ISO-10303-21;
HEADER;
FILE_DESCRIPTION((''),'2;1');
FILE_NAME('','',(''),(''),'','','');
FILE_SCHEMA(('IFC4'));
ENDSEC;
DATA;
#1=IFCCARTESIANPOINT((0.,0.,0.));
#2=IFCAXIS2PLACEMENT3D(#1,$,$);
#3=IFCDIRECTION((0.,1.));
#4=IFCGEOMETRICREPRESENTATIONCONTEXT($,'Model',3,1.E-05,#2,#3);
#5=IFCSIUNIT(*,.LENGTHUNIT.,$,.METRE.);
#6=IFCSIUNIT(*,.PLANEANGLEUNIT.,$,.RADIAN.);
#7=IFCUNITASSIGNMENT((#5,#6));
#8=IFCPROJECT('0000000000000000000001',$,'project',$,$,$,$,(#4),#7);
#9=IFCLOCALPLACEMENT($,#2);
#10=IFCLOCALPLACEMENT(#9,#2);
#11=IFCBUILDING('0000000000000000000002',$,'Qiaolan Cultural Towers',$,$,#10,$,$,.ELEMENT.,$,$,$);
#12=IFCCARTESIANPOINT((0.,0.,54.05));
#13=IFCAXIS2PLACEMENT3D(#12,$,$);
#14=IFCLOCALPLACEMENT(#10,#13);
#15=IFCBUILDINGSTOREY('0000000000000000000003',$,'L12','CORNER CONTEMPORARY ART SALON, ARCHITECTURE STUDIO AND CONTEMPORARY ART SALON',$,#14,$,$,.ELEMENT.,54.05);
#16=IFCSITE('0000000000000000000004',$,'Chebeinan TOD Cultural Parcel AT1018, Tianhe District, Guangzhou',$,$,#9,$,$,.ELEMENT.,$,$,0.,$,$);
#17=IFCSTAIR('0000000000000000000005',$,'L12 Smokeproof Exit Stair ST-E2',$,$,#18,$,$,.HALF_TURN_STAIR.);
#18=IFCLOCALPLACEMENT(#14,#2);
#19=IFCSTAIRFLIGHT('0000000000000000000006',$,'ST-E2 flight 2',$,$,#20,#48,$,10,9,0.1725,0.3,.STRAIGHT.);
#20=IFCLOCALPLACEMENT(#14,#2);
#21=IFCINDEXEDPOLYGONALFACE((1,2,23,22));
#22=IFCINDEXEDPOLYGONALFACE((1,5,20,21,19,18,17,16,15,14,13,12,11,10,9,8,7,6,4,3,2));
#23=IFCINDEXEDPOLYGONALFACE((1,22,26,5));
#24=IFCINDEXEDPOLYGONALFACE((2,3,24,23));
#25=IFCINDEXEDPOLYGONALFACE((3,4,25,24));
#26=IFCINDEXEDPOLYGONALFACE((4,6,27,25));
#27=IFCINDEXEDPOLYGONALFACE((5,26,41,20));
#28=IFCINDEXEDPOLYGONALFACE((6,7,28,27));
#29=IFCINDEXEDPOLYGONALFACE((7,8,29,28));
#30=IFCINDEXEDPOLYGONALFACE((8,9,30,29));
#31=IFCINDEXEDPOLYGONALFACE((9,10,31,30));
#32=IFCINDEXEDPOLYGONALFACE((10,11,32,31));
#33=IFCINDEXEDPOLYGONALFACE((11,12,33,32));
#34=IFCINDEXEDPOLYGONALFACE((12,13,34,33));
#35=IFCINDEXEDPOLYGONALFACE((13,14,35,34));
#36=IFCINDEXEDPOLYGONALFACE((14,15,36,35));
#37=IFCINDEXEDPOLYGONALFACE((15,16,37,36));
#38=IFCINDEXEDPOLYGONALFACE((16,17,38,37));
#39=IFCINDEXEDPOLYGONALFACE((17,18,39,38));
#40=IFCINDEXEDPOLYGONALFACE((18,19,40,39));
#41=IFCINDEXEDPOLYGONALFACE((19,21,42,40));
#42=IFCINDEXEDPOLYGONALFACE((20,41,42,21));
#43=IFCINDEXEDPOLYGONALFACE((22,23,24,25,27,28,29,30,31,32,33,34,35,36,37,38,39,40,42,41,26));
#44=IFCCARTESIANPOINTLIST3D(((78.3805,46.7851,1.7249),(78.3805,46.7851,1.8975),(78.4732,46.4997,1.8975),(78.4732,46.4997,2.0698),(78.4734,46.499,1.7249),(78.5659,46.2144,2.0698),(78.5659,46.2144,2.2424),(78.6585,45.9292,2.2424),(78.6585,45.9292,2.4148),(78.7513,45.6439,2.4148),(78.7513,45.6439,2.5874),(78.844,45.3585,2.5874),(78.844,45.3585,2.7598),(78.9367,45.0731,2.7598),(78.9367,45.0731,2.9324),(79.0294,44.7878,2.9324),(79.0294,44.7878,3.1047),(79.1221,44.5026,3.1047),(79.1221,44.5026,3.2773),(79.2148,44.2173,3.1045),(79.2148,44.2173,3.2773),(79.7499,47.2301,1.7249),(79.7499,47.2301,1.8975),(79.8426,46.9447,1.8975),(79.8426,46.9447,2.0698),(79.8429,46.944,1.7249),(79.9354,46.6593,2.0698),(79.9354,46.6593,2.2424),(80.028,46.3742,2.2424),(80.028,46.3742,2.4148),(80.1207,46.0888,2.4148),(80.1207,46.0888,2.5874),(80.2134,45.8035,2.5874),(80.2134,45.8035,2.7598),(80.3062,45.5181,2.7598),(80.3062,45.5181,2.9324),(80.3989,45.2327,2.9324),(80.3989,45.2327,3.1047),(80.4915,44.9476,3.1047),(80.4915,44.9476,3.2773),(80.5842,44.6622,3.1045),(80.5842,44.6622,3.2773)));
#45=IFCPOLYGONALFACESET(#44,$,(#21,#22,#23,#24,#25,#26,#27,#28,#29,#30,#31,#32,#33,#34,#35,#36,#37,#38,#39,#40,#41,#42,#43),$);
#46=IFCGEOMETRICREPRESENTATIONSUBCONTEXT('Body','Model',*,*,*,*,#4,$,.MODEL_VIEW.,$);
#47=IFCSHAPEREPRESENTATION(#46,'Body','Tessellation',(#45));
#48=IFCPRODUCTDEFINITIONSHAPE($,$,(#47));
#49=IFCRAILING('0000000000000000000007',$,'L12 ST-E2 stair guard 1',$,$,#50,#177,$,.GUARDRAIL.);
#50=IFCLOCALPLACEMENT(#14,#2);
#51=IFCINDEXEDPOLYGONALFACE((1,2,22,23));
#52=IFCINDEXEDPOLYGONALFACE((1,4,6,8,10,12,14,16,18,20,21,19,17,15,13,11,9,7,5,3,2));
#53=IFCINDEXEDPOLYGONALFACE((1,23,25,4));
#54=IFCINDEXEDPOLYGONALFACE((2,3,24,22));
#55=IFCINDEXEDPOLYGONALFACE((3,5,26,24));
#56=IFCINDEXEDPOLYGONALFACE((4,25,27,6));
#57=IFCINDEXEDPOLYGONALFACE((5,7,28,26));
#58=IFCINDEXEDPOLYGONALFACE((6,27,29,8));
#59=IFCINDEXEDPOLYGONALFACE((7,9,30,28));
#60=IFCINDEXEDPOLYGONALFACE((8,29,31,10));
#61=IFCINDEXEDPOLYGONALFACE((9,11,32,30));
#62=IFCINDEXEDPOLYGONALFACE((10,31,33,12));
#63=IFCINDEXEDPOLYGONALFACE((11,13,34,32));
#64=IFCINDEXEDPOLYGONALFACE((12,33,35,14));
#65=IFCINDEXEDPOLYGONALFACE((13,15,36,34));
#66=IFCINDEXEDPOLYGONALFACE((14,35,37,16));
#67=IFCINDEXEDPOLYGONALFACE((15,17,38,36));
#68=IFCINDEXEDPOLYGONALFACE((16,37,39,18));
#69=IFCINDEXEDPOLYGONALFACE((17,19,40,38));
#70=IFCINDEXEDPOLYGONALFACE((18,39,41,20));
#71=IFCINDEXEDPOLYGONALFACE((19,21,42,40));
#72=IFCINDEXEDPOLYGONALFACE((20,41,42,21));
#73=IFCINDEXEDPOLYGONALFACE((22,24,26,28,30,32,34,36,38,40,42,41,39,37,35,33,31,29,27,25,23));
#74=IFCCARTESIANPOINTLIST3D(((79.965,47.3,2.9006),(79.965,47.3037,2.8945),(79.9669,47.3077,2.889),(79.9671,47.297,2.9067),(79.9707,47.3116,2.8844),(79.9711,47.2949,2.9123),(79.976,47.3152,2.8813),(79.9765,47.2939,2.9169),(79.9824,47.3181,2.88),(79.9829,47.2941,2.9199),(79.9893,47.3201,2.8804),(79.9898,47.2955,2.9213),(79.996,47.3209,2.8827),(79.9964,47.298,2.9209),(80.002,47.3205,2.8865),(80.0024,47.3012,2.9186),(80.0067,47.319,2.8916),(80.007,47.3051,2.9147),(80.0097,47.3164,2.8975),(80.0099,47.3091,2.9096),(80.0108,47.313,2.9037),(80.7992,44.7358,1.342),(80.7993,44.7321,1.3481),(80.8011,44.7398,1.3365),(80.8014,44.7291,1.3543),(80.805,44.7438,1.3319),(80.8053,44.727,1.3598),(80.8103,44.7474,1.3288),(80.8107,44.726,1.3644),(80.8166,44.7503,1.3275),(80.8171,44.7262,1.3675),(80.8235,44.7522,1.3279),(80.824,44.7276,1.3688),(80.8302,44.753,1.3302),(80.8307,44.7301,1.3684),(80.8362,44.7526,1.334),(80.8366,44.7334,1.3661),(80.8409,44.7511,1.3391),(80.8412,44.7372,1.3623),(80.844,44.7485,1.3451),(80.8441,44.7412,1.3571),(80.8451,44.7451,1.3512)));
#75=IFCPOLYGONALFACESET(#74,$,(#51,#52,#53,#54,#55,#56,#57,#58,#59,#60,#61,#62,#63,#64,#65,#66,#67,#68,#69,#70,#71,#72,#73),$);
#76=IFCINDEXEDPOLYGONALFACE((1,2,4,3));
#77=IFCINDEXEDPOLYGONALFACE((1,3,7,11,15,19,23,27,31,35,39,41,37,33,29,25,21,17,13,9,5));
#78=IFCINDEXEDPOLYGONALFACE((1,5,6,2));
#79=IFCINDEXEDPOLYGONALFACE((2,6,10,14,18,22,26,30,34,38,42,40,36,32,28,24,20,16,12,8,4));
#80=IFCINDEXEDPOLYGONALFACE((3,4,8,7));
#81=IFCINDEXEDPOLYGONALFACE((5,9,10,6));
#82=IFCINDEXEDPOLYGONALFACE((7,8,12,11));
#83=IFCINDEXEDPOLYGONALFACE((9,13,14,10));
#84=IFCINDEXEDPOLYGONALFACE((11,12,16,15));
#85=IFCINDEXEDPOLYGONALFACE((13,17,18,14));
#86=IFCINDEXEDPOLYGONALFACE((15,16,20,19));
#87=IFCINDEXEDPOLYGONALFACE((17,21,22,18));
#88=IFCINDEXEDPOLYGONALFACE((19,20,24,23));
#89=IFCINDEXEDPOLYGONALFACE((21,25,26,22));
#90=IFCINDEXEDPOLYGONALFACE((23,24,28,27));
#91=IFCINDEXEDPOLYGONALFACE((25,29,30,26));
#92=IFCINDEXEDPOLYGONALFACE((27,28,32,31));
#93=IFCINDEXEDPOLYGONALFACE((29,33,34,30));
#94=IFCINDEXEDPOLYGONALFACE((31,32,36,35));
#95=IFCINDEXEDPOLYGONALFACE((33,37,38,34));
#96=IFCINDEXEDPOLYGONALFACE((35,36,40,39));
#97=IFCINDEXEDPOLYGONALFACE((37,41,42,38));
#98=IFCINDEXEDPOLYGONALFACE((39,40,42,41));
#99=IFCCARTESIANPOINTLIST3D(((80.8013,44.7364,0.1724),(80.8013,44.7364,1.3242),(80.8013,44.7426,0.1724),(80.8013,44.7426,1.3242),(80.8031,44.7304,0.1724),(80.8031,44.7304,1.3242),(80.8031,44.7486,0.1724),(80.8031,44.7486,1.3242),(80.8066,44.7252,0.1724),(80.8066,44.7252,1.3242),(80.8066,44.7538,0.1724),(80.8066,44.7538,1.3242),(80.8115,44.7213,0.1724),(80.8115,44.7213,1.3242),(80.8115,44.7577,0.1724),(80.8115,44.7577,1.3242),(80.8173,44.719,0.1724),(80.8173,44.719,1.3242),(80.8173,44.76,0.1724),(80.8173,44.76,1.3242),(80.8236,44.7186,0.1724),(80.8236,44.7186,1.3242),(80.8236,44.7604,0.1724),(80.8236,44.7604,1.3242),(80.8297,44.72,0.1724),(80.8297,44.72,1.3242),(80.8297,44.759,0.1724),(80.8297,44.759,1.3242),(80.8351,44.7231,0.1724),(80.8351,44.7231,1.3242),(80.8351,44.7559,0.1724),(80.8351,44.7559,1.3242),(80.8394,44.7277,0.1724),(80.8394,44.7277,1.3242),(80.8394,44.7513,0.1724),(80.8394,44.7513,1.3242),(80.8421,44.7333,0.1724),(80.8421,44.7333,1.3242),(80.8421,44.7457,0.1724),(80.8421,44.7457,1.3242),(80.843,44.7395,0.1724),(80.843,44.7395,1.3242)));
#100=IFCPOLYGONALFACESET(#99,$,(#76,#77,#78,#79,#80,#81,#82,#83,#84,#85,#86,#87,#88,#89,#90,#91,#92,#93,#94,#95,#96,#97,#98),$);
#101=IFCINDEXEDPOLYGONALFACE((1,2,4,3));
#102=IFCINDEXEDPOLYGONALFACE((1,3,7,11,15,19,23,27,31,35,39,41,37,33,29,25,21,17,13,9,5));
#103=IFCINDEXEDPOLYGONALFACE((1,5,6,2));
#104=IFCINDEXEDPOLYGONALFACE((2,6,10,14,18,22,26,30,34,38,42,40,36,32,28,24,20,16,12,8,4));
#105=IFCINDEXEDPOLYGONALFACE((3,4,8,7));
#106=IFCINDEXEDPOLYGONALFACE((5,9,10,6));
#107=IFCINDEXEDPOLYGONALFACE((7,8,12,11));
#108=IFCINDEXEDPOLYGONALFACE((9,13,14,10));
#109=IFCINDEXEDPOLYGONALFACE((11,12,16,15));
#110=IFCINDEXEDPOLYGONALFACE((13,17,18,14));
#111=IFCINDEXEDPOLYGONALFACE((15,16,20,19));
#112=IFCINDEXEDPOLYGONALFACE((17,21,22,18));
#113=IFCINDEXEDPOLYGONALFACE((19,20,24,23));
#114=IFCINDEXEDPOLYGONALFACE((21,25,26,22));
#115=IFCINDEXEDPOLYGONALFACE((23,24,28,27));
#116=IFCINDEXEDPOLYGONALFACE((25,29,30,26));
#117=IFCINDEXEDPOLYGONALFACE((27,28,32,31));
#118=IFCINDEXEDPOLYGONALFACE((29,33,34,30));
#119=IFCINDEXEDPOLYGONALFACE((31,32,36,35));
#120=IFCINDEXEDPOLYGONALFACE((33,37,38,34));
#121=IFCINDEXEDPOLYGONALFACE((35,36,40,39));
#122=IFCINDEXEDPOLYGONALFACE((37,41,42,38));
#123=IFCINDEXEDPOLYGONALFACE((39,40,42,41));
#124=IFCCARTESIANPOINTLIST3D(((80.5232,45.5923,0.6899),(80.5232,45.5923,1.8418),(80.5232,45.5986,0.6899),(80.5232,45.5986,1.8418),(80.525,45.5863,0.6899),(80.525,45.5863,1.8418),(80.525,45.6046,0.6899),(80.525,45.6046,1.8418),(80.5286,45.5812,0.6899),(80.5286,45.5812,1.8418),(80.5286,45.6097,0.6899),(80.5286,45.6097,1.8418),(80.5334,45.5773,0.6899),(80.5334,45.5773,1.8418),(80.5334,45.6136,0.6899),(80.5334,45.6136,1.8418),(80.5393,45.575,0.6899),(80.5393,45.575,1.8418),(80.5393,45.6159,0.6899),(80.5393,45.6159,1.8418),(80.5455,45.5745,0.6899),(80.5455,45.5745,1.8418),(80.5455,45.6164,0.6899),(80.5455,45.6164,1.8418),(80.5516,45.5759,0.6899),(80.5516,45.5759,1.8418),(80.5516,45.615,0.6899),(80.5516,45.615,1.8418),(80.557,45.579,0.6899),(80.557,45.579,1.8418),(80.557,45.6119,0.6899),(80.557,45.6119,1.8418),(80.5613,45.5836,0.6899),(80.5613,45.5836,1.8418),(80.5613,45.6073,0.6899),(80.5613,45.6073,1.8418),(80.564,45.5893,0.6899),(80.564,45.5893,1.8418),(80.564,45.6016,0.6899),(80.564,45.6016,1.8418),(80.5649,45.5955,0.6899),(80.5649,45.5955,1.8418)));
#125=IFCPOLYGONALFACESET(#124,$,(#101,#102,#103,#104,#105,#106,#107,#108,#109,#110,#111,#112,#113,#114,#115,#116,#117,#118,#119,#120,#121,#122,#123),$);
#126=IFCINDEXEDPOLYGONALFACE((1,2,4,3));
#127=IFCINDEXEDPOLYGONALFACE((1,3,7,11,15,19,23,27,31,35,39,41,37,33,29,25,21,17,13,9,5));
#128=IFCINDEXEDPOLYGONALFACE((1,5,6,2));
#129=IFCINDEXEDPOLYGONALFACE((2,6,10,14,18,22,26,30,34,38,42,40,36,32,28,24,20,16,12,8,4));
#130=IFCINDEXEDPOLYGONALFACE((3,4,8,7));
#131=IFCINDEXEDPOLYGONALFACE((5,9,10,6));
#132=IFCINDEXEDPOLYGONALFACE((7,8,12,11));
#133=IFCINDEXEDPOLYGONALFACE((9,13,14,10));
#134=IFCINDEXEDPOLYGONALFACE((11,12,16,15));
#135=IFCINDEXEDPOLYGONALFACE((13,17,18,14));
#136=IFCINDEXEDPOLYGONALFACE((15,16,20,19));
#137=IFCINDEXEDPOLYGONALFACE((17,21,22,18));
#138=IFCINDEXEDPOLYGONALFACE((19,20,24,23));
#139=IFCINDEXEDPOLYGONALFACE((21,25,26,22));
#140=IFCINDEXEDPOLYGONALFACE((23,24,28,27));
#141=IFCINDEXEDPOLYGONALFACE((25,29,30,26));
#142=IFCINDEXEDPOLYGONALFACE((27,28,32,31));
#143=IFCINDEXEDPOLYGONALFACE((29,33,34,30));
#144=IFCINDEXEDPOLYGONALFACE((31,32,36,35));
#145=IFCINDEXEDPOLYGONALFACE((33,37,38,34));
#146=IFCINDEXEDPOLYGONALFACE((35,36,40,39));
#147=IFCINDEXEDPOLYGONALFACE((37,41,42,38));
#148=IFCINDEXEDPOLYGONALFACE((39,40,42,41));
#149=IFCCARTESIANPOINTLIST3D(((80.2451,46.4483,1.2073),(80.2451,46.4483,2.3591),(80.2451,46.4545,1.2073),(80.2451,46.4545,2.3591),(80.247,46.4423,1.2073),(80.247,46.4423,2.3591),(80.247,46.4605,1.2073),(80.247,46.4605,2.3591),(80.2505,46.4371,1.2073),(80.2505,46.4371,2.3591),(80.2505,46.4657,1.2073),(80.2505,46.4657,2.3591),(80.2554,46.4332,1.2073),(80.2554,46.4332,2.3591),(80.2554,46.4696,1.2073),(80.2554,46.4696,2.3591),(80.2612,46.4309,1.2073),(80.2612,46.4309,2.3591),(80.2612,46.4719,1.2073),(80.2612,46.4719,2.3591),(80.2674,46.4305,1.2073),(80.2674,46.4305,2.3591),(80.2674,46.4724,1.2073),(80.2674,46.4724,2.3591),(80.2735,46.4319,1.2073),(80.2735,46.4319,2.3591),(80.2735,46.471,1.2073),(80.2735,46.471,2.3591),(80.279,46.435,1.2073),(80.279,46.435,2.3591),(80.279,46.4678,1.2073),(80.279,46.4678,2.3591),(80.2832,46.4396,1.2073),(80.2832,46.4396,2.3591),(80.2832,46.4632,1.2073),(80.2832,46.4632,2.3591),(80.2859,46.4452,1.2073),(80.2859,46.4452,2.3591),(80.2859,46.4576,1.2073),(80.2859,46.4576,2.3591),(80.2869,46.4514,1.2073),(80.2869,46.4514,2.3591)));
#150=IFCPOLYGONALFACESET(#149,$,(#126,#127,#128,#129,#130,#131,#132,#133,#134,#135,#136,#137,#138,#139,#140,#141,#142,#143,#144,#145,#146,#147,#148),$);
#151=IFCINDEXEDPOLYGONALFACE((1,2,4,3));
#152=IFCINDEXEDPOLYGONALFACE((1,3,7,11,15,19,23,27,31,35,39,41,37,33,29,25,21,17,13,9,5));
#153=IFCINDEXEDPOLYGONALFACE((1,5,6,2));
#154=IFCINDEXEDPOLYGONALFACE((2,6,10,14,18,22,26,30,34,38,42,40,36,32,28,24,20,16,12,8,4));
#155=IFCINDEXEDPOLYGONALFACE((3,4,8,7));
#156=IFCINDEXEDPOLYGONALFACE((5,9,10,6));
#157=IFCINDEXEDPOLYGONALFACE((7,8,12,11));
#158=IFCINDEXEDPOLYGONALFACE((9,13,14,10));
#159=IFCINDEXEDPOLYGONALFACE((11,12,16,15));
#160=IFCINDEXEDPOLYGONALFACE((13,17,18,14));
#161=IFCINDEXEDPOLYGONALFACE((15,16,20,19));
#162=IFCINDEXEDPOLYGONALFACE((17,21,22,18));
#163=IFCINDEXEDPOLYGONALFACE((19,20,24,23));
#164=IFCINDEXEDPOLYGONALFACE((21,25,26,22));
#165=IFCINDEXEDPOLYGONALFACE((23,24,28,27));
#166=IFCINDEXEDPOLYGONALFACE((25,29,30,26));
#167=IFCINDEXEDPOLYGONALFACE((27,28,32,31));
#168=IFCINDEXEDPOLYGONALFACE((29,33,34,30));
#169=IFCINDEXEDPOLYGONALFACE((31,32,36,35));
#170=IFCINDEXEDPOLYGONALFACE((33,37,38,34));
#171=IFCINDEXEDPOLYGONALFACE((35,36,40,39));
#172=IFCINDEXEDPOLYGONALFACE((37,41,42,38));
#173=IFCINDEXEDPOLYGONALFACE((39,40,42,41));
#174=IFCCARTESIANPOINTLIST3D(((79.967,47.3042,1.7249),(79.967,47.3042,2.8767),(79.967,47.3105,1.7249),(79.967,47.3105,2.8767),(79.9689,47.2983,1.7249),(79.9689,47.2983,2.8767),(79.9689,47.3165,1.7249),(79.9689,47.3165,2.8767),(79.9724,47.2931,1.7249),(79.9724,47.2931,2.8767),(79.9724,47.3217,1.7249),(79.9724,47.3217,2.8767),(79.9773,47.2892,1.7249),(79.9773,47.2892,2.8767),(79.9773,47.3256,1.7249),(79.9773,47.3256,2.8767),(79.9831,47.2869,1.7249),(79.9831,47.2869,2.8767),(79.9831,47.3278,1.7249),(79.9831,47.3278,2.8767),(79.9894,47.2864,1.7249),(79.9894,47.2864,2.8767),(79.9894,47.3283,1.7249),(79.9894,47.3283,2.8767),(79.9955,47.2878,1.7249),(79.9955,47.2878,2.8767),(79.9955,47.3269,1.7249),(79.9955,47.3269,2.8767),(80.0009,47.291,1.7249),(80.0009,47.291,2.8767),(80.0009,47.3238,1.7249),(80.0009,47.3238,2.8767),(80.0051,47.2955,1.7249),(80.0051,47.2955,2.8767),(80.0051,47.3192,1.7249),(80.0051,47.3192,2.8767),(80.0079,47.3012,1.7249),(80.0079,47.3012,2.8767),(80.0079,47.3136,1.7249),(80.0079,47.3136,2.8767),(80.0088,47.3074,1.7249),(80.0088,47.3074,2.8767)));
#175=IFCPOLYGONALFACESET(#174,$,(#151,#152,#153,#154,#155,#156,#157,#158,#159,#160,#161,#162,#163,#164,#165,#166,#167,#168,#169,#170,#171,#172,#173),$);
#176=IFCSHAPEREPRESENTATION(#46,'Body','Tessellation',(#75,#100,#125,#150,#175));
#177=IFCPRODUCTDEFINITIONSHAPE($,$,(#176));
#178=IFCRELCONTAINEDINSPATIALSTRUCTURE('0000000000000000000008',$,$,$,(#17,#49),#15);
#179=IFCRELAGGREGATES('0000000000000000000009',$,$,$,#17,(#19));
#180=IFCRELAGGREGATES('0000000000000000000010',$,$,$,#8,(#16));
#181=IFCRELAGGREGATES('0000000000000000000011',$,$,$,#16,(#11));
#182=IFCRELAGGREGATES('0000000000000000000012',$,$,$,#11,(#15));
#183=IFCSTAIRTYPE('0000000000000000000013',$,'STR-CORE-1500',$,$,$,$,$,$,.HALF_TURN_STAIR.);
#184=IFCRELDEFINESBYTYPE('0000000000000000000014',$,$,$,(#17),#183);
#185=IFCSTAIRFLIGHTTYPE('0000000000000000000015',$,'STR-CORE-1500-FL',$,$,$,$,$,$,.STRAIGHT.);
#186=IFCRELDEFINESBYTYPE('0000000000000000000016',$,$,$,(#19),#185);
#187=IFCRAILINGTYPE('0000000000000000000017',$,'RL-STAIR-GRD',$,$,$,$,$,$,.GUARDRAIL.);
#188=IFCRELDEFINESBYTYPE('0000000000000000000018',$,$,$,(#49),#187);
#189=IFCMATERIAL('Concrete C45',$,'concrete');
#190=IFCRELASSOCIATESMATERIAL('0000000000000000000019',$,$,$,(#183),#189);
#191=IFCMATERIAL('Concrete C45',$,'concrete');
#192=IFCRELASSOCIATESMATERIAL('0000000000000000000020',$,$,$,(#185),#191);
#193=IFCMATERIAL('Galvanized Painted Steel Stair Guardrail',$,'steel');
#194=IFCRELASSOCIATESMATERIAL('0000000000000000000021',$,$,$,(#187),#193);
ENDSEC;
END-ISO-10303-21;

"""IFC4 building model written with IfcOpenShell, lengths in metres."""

from ifc_helpers import new_model, si_unit, direction, frame, origin, origin_2d, place, context, subcontext, project, spatial, polyline, circle, outline, extrude, material, type_object, element, aggregate, save


model = new_model("IFC4")

# Units and contexts
model_context = context("Model", 3, precision=1e-05, world=origin(), true_north=direction((0.0, 1.0)))
body_context = subcontext(model_context, "Body", "Model", "MODEL_VIEW")
ifc_project = project(units=[si_unit("LENGTHUNIT", "METRE"), si_unit("PLANEANGLEUNIT", "RADIAN")], contexts=[model_context])

# Site, building, storey
site_placement = place(None, origin())
site = spatial("IfcSite", under=ifc_project, at=site_placement, Name="Chebeinan TOD Cultural Parcel AT1018, Tianhe District, Guangzhou", CompositionType="ELEMENT", RefElevation=0.0)
building_placement = place(site_placement, origin())
building = spatial("IfcBuilding", under=site, at=building_placement, Name="Qiaolan Cultural Towers", CompositionType="ELEMENT")
storey_placement = place(building_placement, frame((0.0, 0.0, 54.05)))
storey = spatial("IfcBuildingStorey", under=building, at=storey_placement, Name="L12", Description="CORNER CONTEMPORARY ART SALON, ARCHITECTURE STUDIO AND CONTEMPORARY ART SALON", CompositionType="ELEMENT", Elevation=54.05)

# Stair, stair flight
ifc_material_1 = material(Name="Concrete C45", Category="concrete")
stair_type = type_object("IfcStairType", Name="STR-CORE-1500", PredefinedType="HALF_TURN_STAIR", material=ifc_material_1)
stair_placement = place(storey_placement, origin())
stair = element("IfcStair", 1, at=stair_placement, inside=storey, type_object=stair_type, Name="L12 Smokeproof Exit Stair ST-E2", PredefinedType="HALF_TURN_STAIR")
ifc_material_2 = material(Name="Concrete C45", Category="concrete")
stair_flight_type = type_object("IfcStairFlightType", Name="STR-CORE-1500-FL", PredefinedType="STRAIGHT", material=ifc_material_2)
stair_flight_1_placement = place(storey_placement, frame((79.0652, 47.0076, 1.7249), z_axis=(0.0, 0.0, 1.0), x_axis=(0.309017, -0.951057, 0.0)))
stair_flight_1 = element("IfcStairFlight", 2, at=stair_flight_1_placement, type_object=stair_flight_type, Name="ST-E2 flight 2", NumberOfRisers=10, NumberOfTreads=9, PredefinedType="STRAIGHT", RiserHeight=0.1725, TreadLength=0.3, context=body_context, shape_type="SweptSolid", body=[
    extrude(outline(polyline([(0.0, 0.0), (0.0, 0.1726), (0.3, 0.1726), (0.3, 0.345), (0.6001, 0.345), (0.6001, 0.5176), (0.8999, 0.5176), (0.8999, 0.6899), (1.2, 0.6899), (1.2, 0.8625), (1.5, 0.8625), (1.5, 1.0349), (1.8, 1.0349), (1.8, 1.2075), (2.1001, 1.2075), (2.1001, 1.3799), (2.3999, 1.3799), (2.3999, 1.5525), (2.7, 1.5525), (2.7, 1.7251), (2.7, 1.3796), (0.3008, 0.0), (0.0, 0.0)])), frame((0.0, 0.72, 0.0), z_axis=(0.0, -1.0, 0.0), x_axis=(1.0, 0.0, 0.0)), (0.0, 0.0, 1.0), 1.4399),
])
aggregate(stair, [stair_flight_1])

# Railing
ifc_material_3 = material(Name="Galvanized Painted Steel Stair Guardrail", Category="steel")
railing_type_1 = type_object("IfcRailingType", Name="RL-STAIR-GRD", PredefinedType="GUARDRAIL", material=ifc_material_3)
railing_1_placement = place(storey_placement, frame((80.822, 44.7395, 0.1724)))
element("IfcRailing", 3, at=railing_1_placement, inside=storey, type_object=railing_type_1, Name="L12 ST-E2 stair guard 1", PredefinedType="GUARDRAIL", context=body_context, shape_type="SweptSolid", body=[
    extrude(circle(Radius=0.0239, at=origin_2d()), frame((0.0, 0.0, 1.1758), z_axis=(-0.267853, 0.824488, 0.498471), x_axis=(-0.95107, -0.308976, 0.0)), (0.0, 0.0, 1.0), 3.1145),
    extrude(circle(Radius=0.021, at=origin_2d()), origin(), (0.0, 0.0, 1.0), 1.1519),
    extrude(circle(Radius=0.021, at=origin_2d()), frame((-0.2781, 0.856, 0.5176)), (0.0, 0.0, 1.0), 1.1519),
    extrude(circle(Radius=0.021, at=origin_2d()), frame((-0.5562, 1.7119, 1.0349)), (0.0, 0.0, 1.0), 1.1519),
    extrude(circle(Radius=0.021, at=origin_2d()), frame((-0.8342, 2.5679, 1.5525)), (0.0, 0.0, 1.0), 1.1519),
])

save(model, "model.ifc")
